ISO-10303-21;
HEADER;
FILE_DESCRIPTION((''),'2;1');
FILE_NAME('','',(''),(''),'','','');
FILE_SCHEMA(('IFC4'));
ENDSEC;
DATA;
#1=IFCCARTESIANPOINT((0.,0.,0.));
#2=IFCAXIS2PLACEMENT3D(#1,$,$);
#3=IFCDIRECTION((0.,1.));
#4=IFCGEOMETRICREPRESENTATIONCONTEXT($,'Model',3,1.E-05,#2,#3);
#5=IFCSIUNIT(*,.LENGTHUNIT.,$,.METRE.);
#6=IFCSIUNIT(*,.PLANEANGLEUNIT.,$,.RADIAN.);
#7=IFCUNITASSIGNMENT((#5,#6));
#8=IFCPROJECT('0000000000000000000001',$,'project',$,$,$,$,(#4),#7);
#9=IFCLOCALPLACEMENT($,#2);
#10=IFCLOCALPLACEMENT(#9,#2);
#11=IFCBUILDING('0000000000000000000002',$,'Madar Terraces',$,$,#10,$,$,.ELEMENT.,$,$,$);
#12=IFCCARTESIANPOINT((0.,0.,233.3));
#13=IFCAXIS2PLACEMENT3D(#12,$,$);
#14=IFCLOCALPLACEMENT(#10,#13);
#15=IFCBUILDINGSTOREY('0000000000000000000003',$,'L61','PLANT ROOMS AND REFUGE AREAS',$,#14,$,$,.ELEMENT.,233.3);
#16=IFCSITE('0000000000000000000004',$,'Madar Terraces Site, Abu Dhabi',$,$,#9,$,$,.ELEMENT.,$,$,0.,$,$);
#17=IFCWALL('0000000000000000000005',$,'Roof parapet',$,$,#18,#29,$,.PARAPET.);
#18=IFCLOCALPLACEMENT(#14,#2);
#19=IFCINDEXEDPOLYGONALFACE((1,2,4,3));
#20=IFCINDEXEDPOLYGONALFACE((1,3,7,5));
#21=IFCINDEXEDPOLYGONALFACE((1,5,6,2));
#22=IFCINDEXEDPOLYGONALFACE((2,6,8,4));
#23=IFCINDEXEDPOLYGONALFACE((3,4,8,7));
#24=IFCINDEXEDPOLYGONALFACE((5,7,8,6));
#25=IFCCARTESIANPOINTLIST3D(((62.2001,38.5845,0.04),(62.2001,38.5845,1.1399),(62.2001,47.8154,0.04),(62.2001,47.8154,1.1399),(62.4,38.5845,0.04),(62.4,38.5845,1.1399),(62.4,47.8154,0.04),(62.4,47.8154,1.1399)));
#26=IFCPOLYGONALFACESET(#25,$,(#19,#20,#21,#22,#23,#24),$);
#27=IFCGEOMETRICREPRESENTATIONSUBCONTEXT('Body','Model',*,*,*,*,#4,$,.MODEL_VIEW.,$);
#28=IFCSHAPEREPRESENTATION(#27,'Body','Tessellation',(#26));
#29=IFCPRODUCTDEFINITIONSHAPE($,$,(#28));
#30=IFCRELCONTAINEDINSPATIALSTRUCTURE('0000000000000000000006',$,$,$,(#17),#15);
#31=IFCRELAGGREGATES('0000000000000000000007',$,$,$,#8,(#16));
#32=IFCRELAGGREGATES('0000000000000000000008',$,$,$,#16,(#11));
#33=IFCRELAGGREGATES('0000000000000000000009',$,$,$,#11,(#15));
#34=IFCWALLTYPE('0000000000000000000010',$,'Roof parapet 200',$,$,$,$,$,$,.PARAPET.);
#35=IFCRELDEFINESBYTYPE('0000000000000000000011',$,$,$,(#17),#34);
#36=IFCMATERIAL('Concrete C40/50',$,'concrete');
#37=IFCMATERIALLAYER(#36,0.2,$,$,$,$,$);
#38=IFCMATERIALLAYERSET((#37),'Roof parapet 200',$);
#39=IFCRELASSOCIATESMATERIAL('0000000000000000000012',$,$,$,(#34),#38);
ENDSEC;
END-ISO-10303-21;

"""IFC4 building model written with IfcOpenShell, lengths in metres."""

from ifc_helpers import new_model, si_unit, direction, frame, frame_2d, origin, place, context, subcontext, project, spatial, rectangle, extrude, material, layer, layer_set, type_object, element, save


model = new_model("IFC4")

# Units and contexts
model_context = context("Model", 3, precision=1e-05, world=origin(), true_north=direction((0.0, 1.0)))
body_context = subcontext(model_context, "Body", "Model", "MODEL_VIEW")
ifc_project = project(units=[si_unit("LENGTHUNIT", "METRE"), si_unit("PLANEANGLEUNIT", "RADIAN")], contexts=[model_context])

# Site, building, storey
site_placement = place(None, origin())
site = spatial("IfcSite", under=ifc_project, at=site_placement, Name="Madar Terraces Site, Abu Dhabi", CompositionType="ELEMENT", RefElevation=0.0)
building_placement = place(site_placement, origin())
building = spatial("IfcBuilding", under=site, at=building_placement, Name="Madar Terraces", CompositionType="ELEMENT")
storey_placement = place(building_placement, frame((0.0, 0.0, 233.3)))
storey = spatial("IfcBuildingStorey", under=building, at=storey_placement, Name="L61", Description="PLANT ROOMS AND REFUGE AREAS", CompositionType="ELEMENT", Elevation=233.3)

# Wall
ifc_material_1 = material(Name="Concrete C40/50", Category="concrete")
ifc_layer_1 = layer(ifc_material_1, 0.2)
ifc_layer_set_1 = layer_set([ifc_layer_1], Name="Roof parapet 200")
wall_type = type_object("IfcWallType", Name="Roof parapet 200", PredefinedType="PARAPET", material=ifc_layer_set_1)
wall_placement = place(storey_placement, frame((62.3, 38.5845, 0.04), z_axis=(0.0, 0.0, 1.0), x_axis=(0.0, 1.0, 0.0)))
element("IfcWall", 1, at=wall_placement, inside=storey, type_object=wall_type, Name="Roof parapet", PredefinedType="PARAPET", context=body_context, shape_type="SweptSolid", body=[
    extrude(rectangle(XDim=9.231, YDim=0.2, at=frame_2d((4.6155, 0.0))), origin(), (0.0, 0.0, 1.0), 1.0999),
])

save(model, "model.ifc")
